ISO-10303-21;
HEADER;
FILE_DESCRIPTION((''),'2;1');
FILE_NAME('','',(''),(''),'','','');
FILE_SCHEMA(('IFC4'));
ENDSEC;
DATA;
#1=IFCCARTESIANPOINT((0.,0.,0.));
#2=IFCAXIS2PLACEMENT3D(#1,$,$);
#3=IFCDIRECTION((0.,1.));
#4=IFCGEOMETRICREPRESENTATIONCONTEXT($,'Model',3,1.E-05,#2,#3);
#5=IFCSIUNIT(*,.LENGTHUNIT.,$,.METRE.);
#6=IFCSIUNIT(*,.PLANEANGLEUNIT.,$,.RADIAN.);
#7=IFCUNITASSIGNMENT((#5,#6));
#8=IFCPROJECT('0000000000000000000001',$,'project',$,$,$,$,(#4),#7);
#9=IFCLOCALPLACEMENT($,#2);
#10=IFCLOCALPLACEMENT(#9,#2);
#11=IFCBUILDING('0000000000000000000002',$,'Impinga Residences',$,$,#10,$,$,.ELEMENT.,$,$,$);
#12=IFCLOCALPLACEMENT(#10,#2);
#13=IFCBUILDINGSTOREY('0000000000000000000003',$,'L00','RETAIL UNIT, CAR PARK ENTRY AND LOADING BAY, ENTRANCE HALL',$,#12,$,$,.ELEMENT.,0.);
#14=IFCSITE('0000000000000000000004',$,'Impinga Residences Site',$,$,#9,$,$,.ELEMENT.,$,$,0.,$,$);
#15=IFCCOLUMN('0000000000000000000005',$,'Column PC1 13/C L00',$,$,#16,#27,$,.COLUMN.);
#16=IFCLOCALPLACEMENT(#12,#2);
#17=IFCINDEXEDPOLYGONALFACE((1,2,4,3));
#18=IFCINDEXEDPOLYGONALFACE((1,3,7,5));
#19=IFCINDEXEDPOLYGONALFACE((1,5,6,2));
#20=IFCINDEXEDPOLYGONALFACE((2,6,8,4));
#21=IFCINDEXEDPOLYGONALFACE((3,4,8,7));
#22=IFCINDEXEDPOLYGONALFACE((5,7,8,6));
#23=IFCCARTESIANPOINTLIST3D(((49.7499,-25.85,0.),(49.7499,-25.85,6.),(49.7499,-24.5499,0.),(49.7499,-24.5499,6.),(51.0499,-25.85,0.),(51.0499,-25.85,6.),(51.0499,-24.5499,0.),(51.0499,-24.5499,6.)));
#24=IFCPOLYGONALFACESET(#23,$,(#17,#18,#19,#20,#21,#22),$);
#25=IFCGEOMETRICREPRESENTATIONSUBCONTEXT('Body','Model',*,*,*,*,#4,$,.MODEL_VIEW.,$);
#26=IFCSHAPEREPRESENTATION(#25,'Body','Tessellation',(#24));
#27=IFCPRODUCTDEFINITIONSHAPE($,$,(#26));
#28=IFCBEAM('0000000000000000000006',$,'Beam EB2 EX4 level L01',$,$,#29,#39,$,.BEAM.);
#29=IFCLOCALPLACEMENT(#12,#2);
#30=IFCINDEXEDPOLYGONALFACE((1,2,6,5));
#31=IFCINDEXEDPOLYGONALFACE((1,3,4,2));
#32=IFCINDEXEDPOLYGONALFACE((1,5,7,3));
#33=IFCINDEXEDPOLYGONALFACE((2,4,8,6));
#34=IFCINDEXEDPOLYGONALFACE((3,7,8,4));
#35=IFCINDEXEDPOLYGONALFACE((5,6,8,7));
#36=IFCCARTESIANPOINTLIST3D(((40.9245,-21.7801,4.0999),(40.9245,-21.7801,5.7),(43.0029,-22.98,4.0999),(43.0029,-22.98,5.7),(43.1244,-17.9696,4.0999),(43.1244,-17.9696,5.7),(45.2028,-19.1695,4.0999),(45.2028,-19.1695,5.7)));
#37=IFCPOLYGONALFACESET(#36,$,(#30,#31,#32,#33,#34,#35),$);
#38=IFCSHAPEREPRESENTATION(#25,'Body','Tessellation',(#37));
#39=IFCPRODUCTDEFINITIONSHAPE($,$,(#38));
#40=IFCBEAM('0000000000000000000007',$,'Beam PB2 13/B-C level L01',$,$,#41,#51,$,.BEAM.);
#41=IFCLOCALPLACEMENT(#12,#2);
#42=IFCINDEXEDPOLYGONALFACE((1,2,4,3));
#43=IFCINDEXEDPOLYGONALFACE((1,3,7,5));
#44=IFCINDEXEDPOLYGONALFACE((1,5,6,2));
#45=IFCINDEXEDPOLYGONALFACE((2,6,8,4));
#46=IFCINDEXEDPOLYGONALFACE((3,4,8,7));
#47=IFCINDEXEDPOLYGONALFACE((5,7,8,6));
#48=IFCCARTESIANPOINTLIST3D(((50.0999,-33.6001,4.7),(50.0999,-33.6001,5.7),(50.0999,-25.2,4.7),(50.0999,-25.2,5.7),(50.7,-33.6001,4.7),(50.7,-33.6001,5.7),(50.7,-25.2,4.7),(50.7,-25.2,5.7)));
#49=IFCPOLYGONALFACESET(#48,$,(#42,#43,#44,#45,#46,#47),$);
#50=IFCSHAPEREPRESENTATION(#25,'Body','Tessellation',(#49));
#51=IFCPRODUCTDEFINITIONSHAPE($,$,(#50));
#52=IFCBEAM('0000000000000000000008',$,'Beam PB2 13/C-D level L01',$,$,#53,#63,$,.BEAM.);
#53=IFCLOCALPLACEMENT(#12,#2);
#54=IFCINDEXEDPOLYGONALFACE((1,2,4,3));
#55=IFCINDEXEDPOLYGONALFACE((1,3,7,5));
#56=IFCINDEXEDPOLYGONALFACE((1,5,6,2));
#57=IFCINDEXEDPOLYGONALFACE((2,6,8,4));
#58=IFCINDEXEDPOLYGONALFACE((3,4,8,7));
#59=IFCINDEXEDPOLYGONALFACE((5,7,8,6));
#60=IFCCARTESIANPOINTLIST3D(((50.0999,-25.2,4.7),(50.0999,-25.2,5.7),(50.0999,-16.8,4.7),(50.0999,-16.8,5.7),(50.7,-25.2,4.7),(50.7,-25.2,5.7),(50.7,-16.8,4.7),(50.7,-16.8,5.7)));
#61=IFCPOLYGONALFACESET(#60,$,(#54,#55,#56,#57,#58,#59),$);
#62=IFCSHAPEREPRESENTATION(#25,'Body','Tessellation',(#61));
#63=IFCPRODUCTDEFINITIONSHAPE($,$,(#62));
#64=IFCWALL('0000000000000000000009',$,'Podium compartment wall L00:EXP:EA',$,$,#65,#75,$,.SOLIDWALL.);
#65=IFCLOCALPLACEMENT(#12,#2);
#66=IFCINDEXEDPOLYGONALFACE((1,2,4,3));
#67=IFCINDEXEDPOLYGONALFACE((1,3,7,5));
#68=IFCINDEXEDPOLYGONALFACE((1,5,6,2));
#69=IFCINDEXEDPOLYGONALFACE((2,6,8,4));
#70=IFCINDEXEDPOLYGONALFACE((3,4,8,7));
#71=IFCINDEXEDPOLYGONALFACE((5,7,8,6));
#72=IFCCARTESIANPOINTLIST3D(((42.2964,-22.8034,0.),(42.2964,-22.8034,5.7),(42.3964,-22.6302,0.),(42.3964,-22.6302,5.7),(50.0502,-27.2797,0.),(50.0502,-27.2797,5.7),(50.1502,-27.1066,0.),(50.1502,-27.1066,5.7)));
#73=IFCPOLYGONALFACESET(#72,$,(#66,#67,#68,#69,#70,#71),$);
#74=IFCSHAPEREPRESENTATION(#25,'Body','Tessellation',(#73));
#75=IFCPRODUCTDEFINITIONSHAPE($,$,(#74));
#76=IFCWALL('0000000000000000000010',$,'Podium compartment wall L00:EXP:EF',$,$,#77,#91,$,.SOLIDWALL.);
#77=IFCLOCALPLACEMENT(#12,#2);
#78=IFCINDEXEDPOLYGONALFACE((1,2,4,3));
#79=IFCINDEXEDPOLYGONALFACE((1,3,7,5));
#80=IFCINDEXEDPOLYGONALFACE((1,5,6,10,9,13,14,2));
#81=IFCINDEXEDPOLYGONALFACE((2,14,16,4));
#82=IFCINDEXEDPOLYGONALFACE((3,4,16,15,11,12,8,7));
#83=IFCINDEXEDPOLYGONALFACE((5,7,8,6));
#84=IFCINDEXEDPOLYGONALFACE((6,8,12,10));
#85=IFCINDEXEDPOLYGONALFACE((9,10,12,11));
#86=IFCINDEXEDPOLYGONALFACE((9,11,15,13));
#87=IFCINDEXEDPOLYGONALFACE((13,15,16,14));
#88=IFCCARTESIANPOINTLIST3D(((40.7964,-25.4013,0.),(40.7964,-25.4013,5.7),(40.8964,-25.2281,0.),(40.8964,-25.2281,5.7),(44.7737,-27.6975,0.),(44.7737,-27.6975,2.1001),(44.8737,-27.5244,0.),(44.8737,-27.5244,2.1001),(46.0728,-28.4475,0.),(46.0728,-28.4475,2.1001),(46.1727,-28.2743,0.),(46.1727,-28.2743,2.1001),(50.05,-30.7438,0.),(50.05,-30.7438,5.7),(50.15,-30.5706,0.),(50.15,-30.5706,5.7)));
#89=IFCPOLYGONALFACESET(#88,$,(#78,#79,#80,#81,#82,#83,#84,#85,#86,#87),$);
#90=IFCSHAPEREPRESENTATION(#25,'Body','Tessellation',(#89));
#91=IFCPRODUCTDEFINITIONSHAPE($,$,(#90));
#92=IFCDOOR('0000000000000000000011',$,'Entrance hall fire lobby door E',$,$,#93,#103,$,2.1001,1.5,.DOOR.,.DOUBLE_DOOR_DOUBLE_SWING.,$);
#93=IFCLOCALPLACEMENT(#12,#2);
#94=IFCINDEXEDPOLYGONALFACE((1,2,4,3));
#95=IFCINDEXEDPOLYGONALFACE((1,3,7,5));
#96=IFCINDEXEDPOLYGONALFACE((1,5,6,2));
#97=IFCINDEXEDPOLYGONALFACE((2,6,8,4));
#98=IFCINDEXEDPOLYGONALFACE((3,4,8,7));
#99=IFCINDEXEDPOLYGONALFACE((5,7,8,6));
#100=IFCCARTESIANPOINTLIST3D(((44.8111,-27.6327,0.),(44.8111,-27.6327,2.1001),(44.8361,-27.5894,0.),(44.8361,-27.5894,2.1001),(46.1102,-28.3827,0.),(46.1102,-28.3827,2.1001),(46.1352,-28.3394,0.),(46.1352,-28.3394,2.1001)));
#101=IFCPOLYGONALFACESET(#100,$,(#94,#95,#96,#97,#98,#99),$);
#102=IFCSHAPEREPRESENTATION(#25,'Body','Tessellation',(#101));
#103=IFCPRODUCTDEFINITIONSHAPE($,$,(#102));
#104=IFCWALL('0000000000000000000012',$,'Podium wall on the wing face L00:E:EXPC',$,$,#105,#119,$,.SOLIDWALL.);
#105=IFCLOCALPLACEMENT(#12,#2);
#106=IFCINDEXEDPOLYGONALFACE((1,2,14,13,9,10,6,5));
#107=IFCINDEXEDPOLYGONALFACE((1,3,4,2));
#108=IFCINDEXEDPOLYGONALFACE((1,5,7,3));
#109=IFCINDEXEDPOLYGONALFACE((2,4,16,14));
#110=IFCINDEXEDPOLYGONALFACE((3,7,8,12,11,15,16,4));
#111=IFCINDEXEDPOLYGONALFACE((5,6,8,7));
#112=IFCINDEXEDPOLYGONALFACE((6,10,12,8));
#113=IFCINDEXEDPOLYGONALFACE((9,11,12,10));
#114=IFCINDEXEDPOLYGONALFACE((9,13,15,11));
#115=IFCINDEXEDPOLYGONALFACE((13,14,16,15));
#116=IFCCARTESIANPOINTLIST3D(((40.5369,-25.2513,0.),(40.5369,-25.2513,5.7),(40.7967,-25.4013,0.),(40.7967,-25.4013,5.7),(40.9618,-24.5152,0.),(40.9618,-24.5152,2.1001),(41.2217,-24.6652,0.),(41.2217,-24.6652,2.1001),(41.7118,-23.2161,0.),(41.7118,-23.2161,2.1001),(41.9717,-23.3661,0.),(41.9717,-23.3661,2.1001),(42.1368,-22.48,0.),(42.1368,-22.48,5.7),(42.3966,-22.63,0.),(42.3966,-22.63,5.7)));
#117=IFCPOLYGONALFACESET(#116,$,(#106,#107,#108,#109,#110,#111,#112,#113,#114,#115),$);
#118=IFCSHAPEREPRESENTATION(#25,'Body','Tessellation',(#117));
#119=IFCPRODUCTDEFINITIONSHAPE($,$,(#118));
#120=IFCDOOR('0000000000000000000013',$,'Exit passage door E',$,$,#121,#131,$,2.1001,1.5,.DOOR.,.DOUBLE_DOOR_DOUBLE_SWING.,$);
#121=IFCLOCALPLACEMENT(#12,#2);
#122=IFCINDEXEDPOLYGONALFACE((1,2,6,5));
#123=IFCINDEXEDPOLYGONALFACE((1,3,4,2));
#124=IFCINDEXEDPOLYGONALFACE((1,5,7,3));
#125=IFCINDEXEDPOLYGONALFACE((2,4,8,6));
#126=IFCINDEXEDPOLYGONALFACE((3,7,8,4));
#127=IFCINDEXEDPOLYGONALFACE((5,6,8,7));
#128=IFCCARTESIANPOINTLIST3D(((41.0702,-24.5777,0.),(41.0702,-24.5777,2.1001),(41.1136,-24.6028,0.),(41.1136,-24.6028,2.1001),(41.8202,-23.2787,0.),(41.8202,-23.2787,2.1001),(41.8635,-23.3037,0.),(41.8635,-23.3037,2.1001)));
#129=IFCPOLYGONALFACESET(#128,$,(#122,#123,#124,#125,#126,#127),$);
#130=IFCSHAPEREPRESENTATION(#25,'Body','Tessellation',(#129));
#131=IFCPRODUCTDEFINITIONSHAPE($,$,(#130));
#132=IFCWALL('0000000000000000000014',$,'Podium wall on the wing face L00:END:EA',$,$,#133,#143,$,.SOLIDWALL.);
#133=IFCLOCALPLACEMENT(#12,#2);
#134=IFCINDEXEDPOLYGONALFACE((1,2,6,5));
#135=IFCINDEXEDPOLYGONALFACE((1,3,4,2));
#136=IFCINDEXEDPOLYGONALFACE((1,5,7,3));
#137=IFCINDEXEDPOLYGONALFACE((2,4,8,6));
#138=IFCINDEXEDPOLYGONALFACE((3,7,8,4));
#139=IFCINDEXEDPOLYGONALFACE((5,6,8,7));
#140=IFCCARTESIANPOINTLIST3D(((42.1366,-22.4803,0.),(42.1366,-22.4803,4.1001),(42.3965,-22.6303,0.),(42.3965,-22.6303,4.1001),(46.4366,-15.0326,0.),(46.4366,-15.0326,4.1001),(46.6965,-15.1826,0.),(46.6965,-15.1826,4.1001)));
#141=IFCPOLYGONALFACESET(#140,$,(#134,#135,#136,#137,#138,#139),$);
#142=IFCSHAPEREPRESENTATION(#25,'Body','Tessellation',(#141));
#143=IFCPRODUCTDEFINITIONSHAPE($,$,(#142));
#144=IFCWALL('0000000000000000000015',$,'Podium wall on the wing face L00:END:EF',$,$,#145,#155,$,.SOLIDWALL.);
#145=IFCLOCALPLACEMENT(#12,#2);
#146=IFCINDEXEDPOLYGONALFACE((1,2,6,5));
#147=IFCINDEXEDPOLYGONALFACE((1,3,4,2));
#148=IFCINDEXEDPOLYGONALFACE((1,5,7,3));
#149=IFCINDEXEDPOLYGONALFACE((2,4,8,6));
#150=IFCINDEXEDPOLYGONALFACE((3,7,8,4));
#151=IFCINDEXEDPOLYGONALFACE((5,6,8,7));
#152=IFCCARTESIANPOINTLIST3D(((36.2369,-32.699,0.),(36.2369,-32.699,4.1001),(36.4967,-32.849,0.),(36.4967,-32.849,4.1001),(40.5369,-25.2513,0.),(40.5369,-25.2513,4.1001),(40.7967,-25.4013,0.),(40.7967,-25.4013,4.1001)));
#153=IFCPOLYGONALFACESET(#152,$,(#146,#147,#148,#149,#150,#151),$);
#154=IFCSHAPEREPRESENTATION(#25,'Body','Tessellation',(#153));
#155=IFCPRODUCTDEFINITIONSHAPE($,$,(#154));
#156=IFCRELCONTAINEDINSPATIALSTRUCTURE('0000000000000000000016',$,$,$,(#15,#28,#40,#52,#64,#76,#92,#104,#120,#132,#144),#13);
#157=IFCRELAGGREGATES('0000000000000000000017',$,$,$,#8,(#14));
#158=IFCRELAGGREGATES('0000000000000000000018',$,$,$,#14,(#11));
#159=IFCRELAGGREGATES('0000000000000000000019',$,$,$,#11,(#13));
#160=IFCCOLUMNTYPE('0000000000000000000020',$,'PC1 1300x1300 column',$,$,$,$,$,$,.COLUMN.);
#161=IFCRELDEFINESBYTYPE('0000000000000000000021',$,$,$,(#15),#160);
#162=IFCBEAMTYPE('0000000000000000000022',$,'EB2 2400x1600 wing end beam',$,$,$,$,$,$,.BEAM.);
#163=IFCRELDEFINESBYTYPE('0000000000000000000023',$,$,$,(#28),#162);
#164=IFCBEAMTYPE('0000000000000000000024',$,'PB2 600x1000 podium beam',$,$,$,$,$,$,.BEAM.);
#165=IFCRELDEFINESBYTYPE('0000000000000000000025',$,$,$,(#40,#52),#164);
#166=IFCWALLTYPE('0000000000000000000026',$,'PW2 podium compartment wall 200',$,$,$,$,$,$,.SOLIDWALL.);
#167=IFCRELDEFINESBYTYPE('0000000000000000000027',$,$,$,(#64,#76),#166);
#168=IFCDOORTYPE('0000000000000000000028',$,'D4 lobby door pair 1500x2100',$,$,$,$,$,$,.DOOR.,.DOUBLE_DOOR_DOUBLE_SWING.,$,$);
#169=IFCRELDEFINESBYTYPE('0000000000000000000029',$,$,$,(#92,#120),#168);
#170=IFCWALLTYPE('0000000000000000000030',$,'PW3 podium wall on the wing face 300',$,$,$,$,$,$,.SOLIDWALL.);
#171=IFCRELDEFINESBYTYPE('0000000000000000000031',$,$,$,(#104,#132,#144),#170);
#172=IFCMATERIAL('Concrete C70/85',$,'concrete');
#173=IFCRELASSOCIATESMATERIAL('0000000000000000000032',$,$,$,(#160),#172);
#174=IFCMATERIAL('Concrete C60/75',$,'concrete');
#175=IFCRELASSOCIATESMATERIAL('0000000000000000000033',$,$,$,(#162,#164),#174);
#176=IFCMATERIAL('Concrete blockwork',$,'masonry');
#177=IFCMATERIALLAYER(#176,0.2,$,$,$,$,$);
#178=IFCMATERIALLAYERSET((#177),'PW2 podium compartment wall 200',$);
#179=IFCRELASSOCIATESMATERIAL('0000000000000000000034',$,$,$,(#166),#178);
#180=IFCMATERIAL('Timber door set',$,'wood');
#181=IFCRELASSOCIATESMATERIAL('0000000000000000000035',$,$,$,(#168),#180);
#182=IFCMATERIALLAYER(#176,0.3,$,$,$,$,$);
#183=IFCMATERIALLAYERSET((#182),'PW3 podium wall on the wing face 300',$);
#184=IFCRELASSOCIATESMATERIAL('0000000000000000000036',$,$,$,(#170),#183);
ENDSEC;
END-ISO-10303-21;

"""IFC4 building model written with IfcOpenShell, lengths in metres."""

from ifc_helpers import new_model, si_unit, direction, frame, frame_2d, origin, origin_2d, place, context, subcontext, project, spatial, rectangle, extrude, material, layer, layer_set, material_profile, profile_set, type_object, element, fill, save


model = new_model("IFC4")

# Units and contexts
model_context = context("Model", 3, precision=1e-05, world=origin(), true_north=direction((0.0, 1.0)))
body_context = subcontext(model_context, "Body", "Model", "MODEL_VIEW")
ifc_project = project(units=[si_unit("LENGTHUNIT", "METRE"), si_unit("PLANEANGLEUNIT", "RADIAN")], contexts=[model_context])

# Site, building, storey
site_placement = place(None, origin())
site = spatial("IfcSite", under=ifc_project, at=site_placement, Name="Impinga Residences Site", CompositionType="ELEMENT", RefElevation=0.0)
building_placement = place(site_placement, origin())
building = spatial("IfcBuilding", under=site, at=building_placement, Name="Impinga Residences", CompositionType="ELEMENT")
storey_placement = place(building_placement, origin())
storey = spatial("IfcBuildingStorey", under=building, at=storey_placement, Name="L00", Description="RETAIL UNIT, CAR PARK ENTRY AND LOADING BAY, ENTRANCE HALL", CompositionType="ELEMENT", Elevation=0.0)

# Column
ifc_material_1 = material(Name="Concrete C70/85", Category="concrete")
ifc_material_profile_1 = material_profile(ifc_material_1, rectangle(XDim=1.3, YDim=1.3, at=origin_2d()), Name="RC 1300x1300")
ifc_profile_set_1 = profile_set([ifc_material_profile_1], Name="Concrete C70/85")
column_type = type_object("IfcColumnType", Name="PC1 1300x1300 column", PredefinedType="COLUMN", material=ifc_profile_set_1)
column_placement = place(storey_placement, frame((50.3999, -25.2, 0.0), z_axis=(0.0, 0.0, 1.0), x_axis=(1.0, 0.0, 0.0)))
element("IfcColumn", 1, at=column_placement, inside=storey, type_object=column_type, Name="Column PC1 13/C L00", PredefinedType="COLUMN", context=body_context, shape_type="SweptSolid", body=[
    extrude(rectangle(XDim=1.3, YDim=1.3, at=origin_2d()), origin(), (0.0, 0.0, 1.0), 6.0),
])

# Beams
ifc_material_2 = material(Name="Concrete C60/75", Category="concrete")
ifc_material_profile_2 = material_profile(ifc_material_2, rectangle(XDim=2.3999, YDim=1.6001, at=origin_2d()), Name="RC 2400x1600")
ifc_profile_set_2 = profile_set([ifc_material_profile_2], Name="Concrete C60/75")
beam_type_1 = type_object("IfcBeamType", Name="EB2 2400x1600 wing end beam", PredefinedType="BEAM", material=ifc_profile_set_2)
beam_1_placement = place(storey_placement, frame((44.1636, -18.5696, 4.8999), z_axis=(-0.499988, -0.866032, 0.0), x_axis=(0.866032, -0.499988, 0.0)))
element("IfcBeam", 2, at=beam_1_placement, inside=storey, type_object=beam_type_1, Name="Beam EB2 EX4 level L01", PredefinedType="BEAM", context=body_context, shape_type="SweptSolid", body=[
    extrude(rectangle(XDim=2.3999, YDim=1.6001, at=origin_2d()), origin(), (0.0, 0.0, 1.0), 4.3999),
])
ifc_material_profile_3 = material_profile(ifc_material_2, rectangle(XDim=0.6001, YDim=1.0, at=origin_2d()), Name="RC 600x1000")
ifc_profile_set_3 = profile_set([ifc_material_profile_3], Name="Concrete C60/75")
beam_type_2 = type_object("IfcBeamType", Name="PB2 600x1000 podium beam", PredefinedType="BEAM", material=ifc_profile_set_3)
beam_2_placement = place(storey_placement, frame((50.3999, -33.6001, 5.2), z_axis=(0.0, 1.0, 0.0), x_axis=(-1.0, 0.0, 0.0)))
element("IfcBeam", 3, at=beam_2_placement, inside=storey, type_object=beam_type_2, Name="Beam PB2 13/B-C level L01", PredefinedType="BEAM", context=body_context, shape_type="SweptSolid", body=[
    extrude(rectangle(XDim=0.6001, YDim=1.0, at=origin_2d()), origin(), (0.0, 0.0, 1.0), 8.4001),
])
beam_3_placement = place(storey_placement, frame((50.3999, -25.2, 5.2), z_axis=(0.0, 1.0, 0.0), x_axis=(-1.0, 0.0, 0.0)))
element("IfcBeam", 4, at=beam_3_placement, inside=storey, type_object=beam_type_2, Name="Beam PB2 13/C-D level L01", PredefinedType="BEAM", context=body_context, shape_type="SweptSolid", body=[
    extrude(rectangle(XDim=0.6001, YDim=1.0, at=origin_2d()), origin(), (0.0, 0.0, 1.0), 8.3999),
])

# Wall
ifc_material_3 = material(Name="Concrete blockwork", Category="masonry")
ifc_layer_1 = layer(ifc_material_3, 0.2)
ifc_layer_set_1 = layer_set([ifc_layer_1], Name="PW2 podium compartment wall 200")
wall_type_1 = type_object("IfcWallType", Name="PW2 podium compartment wall 200", PredefinedType="SOLIDWALL", material=ifc_layer_set_1)
wall_1_placement = place(storey_placement, frame((42.3464, -22.7168, 0.0), z_axis=(0.0, 0.0, 1.0), x_axis=(0.866038, -0.499978, 0.0)))
element("IfcWall", 5, at=wall_1_placement, inside=storey, type_object=wall_type_1, Name="Podium compartment wall L00:EXP:EA", PredefinedType="SOLIDWALL", context=body_context, shape_type="SweptSolid", body=[
    extrude(rectangle(XDim=8.9531, YDim=0.2, at=frame_2d((4.4766, 0.0))), origin(), (0.0, 0.0, 1.0), 5.7),
])

# Walls, openings, doors
wall_2_placement = place(storey_placement, frame((40.8464, -25.3147, 0.0), z_axis=(0.0, 0.0, 1.0), x_axis=(0.866028, -0.499995, 0.0)))
wall_2 = element("IfcWall", 6, at=wall_2_placement, inside=storey, type_object=wall_type_1, Name="Podium compartment wall L00:EXP:EF", PredefinedType="SOLIDWALL", context=body_context, shape_type="SweptSolid", body=[
    extrude(rectangle(XDim=10.6851, YDim=0.2, at=frame_2d((5.3425, 0.0))), origin(), (0.0, 0.0, 1.0), 5.7),
])
opening_1_placement = place(wall_2_placement, frame((4.5925, 0.0, 0.0)))
opening_1 = element("IfcOpeningElement", 7, at=opening_1_placement, cuts=wall_2, PredefinedType="OPENING", context=body_context, shape_type="SweptSolid", body=[
    extrude(rectangle(XDim=1.5, YDim=2.1001, at=frame_2d((0.75, 1.05))), frame((0.0, 0.1099, 0.0), z_axis=(0.0, -1.0, 0.0), x_axis=(1.0, 0.0, 0.0)), (0.0, 0.0, 1.0), 0.22),
])
ifc_material_4 = material(Name="Timber door set", Category="wood")
door_type = type_object("IfcDoorType", Name="D4 lobby door pair 1500x2100", OperationType="DOUBLE_DOOR_DOUBLE_SWING", PredefinedType="DOOR", material=ifc_material_4)
door_1_placement = place(opening_1_placement, origin())
door_1 = element("IfcDoor", 8, at=door_1_placement, inside=storey, type_object=door_type, Name="Entrance hall fire lobby door E", OperationType="DOUBLE_DOOR_DOUBLE_SWING", OverallHeight=2.1001, OverallWidth=1.5, PredefinedType="DOOR", context=body_context, shape_type="SweptSolid", body=[
    extrude(rectangle(XDim=1.5, YDim=2.1001, at=frame_2d((0.75, 1.05))), frame((0.0, 0.0249, 0.0), z_axis=(0.0, -1.0, 0.0), x_axis=(1.0, 0.0, 0.0)), (0.0, 0.0, 1.0), 0.05),
])
fill(opening_1, door_1)
ifc_layer_2 = layer(ifc_material_3, 0.3)
ifc_layer_set_2 = layer_set([ifc_layer_2], Name="PW3 podium wall on the wing face 300")
wall_type_2 = type_object("IfcWallType", Name="PW3 podium wall on the wing face 300", PredefinedType="SOLIDWALL", material=ifc_layer_set_2)
wall_3_placement = place(storey_placement, frame((40.6667, -25.3264, 0.0), z_axis=(0.0, 0.0, 1.0), x_axis=(0.499971, 0.866042, 0.0)))
wall_3 = element("IfcWall", 9, at=wall_3_placement, inside=storey, type_object=wall_type_2, Name="Podium wall on the wing face L00:E:EXPC", PredefinedType="SOLIDWALL", context=body_context, shape_type="SweptSolid", body=[
    extrude(rectangle(XDim=3.2, YDim=0.3, at=frame_2d((1.6001, 0.0))), origin(), (0.0, 0.0, 1.0), 5.7),
])
opening_2_placement = place(wall_3_placement, frame((0.8501, 0.0, 0.0)))
opening_2 = element("IfcOpeningElement", 10, at=opening_2_placement, cuts=wall_3, PredefinedType="OPENING", context=body_context, shape_type="SweptSolid", body=[
    extrude(rectangle(XDim=1.5, YDim=2.1001, at=frame_2d((0.75, 1.05))), frame((0.0, 0.1599, 0.0), z_axis=(0.0, -1.0, 0.0), x_axis=(1.0, 0.0, 0.0)), (0.0, 0.0, 1.0), 0.3201),
])
door_2_placement = place(opening_2_placement, origin())
door_2 = element("IfcDoor", 11, at=door_2_placement, inside=storey, type_object=door_type, Name="Exit passage door E", OperationType="DOUBLE_DOOR_DOUBLE_SWING", OverallHeight=2.1001, OverallWidth=1.5, PredefinedType="DOOR", context=body_context, shape_type="SweptSolid", body=[
    extrude(rectangle(XDim=1.5, YDim=2.1001, at=frame_2d((0.75, 1.05))), frame((0.0, 0.0249, 0.0), z_axis=(0.0, -1.0, 0.0), x_axis=(1.0, 0.0, 0.0)), (0.0, 0.0, 1.0), 0.05),
])
fill(opening_2, door_2)

# Walls
for number, where, z_axis, x_axis, name in (
    (12, (42.2666, -22.5552, 0.0), (0.0, 0.0, 1.0), (0.500008, 0.866021, 0.0), "Podium wall on the wing face L00:END:EA"),
    (13, (40.6667, -25.3264, 0.0), (0.0, 0.0, 1.0), (-0.500008, -0.866021, 0.0), "Podium wall on the wing face L00:END:EF"),
):
    element("IfcWall", number, at=place(storey_placement, frame(where, z_axis=z_axis, x_axis=x_axis)), inside=storey, type_object=wall_type_2, Name=name, PredefinedType="SOLIDWALL", context=body_context, shape_type="SweptSolid", body=[
        extrude(rectangle(XDim=8.5999, YDim=0.3, at=frame_2d((4.2998, 0.0))), origin(), (0.0, 0.0, 1.0), 4.1001),
    ])

save(model, "model.ifc")
